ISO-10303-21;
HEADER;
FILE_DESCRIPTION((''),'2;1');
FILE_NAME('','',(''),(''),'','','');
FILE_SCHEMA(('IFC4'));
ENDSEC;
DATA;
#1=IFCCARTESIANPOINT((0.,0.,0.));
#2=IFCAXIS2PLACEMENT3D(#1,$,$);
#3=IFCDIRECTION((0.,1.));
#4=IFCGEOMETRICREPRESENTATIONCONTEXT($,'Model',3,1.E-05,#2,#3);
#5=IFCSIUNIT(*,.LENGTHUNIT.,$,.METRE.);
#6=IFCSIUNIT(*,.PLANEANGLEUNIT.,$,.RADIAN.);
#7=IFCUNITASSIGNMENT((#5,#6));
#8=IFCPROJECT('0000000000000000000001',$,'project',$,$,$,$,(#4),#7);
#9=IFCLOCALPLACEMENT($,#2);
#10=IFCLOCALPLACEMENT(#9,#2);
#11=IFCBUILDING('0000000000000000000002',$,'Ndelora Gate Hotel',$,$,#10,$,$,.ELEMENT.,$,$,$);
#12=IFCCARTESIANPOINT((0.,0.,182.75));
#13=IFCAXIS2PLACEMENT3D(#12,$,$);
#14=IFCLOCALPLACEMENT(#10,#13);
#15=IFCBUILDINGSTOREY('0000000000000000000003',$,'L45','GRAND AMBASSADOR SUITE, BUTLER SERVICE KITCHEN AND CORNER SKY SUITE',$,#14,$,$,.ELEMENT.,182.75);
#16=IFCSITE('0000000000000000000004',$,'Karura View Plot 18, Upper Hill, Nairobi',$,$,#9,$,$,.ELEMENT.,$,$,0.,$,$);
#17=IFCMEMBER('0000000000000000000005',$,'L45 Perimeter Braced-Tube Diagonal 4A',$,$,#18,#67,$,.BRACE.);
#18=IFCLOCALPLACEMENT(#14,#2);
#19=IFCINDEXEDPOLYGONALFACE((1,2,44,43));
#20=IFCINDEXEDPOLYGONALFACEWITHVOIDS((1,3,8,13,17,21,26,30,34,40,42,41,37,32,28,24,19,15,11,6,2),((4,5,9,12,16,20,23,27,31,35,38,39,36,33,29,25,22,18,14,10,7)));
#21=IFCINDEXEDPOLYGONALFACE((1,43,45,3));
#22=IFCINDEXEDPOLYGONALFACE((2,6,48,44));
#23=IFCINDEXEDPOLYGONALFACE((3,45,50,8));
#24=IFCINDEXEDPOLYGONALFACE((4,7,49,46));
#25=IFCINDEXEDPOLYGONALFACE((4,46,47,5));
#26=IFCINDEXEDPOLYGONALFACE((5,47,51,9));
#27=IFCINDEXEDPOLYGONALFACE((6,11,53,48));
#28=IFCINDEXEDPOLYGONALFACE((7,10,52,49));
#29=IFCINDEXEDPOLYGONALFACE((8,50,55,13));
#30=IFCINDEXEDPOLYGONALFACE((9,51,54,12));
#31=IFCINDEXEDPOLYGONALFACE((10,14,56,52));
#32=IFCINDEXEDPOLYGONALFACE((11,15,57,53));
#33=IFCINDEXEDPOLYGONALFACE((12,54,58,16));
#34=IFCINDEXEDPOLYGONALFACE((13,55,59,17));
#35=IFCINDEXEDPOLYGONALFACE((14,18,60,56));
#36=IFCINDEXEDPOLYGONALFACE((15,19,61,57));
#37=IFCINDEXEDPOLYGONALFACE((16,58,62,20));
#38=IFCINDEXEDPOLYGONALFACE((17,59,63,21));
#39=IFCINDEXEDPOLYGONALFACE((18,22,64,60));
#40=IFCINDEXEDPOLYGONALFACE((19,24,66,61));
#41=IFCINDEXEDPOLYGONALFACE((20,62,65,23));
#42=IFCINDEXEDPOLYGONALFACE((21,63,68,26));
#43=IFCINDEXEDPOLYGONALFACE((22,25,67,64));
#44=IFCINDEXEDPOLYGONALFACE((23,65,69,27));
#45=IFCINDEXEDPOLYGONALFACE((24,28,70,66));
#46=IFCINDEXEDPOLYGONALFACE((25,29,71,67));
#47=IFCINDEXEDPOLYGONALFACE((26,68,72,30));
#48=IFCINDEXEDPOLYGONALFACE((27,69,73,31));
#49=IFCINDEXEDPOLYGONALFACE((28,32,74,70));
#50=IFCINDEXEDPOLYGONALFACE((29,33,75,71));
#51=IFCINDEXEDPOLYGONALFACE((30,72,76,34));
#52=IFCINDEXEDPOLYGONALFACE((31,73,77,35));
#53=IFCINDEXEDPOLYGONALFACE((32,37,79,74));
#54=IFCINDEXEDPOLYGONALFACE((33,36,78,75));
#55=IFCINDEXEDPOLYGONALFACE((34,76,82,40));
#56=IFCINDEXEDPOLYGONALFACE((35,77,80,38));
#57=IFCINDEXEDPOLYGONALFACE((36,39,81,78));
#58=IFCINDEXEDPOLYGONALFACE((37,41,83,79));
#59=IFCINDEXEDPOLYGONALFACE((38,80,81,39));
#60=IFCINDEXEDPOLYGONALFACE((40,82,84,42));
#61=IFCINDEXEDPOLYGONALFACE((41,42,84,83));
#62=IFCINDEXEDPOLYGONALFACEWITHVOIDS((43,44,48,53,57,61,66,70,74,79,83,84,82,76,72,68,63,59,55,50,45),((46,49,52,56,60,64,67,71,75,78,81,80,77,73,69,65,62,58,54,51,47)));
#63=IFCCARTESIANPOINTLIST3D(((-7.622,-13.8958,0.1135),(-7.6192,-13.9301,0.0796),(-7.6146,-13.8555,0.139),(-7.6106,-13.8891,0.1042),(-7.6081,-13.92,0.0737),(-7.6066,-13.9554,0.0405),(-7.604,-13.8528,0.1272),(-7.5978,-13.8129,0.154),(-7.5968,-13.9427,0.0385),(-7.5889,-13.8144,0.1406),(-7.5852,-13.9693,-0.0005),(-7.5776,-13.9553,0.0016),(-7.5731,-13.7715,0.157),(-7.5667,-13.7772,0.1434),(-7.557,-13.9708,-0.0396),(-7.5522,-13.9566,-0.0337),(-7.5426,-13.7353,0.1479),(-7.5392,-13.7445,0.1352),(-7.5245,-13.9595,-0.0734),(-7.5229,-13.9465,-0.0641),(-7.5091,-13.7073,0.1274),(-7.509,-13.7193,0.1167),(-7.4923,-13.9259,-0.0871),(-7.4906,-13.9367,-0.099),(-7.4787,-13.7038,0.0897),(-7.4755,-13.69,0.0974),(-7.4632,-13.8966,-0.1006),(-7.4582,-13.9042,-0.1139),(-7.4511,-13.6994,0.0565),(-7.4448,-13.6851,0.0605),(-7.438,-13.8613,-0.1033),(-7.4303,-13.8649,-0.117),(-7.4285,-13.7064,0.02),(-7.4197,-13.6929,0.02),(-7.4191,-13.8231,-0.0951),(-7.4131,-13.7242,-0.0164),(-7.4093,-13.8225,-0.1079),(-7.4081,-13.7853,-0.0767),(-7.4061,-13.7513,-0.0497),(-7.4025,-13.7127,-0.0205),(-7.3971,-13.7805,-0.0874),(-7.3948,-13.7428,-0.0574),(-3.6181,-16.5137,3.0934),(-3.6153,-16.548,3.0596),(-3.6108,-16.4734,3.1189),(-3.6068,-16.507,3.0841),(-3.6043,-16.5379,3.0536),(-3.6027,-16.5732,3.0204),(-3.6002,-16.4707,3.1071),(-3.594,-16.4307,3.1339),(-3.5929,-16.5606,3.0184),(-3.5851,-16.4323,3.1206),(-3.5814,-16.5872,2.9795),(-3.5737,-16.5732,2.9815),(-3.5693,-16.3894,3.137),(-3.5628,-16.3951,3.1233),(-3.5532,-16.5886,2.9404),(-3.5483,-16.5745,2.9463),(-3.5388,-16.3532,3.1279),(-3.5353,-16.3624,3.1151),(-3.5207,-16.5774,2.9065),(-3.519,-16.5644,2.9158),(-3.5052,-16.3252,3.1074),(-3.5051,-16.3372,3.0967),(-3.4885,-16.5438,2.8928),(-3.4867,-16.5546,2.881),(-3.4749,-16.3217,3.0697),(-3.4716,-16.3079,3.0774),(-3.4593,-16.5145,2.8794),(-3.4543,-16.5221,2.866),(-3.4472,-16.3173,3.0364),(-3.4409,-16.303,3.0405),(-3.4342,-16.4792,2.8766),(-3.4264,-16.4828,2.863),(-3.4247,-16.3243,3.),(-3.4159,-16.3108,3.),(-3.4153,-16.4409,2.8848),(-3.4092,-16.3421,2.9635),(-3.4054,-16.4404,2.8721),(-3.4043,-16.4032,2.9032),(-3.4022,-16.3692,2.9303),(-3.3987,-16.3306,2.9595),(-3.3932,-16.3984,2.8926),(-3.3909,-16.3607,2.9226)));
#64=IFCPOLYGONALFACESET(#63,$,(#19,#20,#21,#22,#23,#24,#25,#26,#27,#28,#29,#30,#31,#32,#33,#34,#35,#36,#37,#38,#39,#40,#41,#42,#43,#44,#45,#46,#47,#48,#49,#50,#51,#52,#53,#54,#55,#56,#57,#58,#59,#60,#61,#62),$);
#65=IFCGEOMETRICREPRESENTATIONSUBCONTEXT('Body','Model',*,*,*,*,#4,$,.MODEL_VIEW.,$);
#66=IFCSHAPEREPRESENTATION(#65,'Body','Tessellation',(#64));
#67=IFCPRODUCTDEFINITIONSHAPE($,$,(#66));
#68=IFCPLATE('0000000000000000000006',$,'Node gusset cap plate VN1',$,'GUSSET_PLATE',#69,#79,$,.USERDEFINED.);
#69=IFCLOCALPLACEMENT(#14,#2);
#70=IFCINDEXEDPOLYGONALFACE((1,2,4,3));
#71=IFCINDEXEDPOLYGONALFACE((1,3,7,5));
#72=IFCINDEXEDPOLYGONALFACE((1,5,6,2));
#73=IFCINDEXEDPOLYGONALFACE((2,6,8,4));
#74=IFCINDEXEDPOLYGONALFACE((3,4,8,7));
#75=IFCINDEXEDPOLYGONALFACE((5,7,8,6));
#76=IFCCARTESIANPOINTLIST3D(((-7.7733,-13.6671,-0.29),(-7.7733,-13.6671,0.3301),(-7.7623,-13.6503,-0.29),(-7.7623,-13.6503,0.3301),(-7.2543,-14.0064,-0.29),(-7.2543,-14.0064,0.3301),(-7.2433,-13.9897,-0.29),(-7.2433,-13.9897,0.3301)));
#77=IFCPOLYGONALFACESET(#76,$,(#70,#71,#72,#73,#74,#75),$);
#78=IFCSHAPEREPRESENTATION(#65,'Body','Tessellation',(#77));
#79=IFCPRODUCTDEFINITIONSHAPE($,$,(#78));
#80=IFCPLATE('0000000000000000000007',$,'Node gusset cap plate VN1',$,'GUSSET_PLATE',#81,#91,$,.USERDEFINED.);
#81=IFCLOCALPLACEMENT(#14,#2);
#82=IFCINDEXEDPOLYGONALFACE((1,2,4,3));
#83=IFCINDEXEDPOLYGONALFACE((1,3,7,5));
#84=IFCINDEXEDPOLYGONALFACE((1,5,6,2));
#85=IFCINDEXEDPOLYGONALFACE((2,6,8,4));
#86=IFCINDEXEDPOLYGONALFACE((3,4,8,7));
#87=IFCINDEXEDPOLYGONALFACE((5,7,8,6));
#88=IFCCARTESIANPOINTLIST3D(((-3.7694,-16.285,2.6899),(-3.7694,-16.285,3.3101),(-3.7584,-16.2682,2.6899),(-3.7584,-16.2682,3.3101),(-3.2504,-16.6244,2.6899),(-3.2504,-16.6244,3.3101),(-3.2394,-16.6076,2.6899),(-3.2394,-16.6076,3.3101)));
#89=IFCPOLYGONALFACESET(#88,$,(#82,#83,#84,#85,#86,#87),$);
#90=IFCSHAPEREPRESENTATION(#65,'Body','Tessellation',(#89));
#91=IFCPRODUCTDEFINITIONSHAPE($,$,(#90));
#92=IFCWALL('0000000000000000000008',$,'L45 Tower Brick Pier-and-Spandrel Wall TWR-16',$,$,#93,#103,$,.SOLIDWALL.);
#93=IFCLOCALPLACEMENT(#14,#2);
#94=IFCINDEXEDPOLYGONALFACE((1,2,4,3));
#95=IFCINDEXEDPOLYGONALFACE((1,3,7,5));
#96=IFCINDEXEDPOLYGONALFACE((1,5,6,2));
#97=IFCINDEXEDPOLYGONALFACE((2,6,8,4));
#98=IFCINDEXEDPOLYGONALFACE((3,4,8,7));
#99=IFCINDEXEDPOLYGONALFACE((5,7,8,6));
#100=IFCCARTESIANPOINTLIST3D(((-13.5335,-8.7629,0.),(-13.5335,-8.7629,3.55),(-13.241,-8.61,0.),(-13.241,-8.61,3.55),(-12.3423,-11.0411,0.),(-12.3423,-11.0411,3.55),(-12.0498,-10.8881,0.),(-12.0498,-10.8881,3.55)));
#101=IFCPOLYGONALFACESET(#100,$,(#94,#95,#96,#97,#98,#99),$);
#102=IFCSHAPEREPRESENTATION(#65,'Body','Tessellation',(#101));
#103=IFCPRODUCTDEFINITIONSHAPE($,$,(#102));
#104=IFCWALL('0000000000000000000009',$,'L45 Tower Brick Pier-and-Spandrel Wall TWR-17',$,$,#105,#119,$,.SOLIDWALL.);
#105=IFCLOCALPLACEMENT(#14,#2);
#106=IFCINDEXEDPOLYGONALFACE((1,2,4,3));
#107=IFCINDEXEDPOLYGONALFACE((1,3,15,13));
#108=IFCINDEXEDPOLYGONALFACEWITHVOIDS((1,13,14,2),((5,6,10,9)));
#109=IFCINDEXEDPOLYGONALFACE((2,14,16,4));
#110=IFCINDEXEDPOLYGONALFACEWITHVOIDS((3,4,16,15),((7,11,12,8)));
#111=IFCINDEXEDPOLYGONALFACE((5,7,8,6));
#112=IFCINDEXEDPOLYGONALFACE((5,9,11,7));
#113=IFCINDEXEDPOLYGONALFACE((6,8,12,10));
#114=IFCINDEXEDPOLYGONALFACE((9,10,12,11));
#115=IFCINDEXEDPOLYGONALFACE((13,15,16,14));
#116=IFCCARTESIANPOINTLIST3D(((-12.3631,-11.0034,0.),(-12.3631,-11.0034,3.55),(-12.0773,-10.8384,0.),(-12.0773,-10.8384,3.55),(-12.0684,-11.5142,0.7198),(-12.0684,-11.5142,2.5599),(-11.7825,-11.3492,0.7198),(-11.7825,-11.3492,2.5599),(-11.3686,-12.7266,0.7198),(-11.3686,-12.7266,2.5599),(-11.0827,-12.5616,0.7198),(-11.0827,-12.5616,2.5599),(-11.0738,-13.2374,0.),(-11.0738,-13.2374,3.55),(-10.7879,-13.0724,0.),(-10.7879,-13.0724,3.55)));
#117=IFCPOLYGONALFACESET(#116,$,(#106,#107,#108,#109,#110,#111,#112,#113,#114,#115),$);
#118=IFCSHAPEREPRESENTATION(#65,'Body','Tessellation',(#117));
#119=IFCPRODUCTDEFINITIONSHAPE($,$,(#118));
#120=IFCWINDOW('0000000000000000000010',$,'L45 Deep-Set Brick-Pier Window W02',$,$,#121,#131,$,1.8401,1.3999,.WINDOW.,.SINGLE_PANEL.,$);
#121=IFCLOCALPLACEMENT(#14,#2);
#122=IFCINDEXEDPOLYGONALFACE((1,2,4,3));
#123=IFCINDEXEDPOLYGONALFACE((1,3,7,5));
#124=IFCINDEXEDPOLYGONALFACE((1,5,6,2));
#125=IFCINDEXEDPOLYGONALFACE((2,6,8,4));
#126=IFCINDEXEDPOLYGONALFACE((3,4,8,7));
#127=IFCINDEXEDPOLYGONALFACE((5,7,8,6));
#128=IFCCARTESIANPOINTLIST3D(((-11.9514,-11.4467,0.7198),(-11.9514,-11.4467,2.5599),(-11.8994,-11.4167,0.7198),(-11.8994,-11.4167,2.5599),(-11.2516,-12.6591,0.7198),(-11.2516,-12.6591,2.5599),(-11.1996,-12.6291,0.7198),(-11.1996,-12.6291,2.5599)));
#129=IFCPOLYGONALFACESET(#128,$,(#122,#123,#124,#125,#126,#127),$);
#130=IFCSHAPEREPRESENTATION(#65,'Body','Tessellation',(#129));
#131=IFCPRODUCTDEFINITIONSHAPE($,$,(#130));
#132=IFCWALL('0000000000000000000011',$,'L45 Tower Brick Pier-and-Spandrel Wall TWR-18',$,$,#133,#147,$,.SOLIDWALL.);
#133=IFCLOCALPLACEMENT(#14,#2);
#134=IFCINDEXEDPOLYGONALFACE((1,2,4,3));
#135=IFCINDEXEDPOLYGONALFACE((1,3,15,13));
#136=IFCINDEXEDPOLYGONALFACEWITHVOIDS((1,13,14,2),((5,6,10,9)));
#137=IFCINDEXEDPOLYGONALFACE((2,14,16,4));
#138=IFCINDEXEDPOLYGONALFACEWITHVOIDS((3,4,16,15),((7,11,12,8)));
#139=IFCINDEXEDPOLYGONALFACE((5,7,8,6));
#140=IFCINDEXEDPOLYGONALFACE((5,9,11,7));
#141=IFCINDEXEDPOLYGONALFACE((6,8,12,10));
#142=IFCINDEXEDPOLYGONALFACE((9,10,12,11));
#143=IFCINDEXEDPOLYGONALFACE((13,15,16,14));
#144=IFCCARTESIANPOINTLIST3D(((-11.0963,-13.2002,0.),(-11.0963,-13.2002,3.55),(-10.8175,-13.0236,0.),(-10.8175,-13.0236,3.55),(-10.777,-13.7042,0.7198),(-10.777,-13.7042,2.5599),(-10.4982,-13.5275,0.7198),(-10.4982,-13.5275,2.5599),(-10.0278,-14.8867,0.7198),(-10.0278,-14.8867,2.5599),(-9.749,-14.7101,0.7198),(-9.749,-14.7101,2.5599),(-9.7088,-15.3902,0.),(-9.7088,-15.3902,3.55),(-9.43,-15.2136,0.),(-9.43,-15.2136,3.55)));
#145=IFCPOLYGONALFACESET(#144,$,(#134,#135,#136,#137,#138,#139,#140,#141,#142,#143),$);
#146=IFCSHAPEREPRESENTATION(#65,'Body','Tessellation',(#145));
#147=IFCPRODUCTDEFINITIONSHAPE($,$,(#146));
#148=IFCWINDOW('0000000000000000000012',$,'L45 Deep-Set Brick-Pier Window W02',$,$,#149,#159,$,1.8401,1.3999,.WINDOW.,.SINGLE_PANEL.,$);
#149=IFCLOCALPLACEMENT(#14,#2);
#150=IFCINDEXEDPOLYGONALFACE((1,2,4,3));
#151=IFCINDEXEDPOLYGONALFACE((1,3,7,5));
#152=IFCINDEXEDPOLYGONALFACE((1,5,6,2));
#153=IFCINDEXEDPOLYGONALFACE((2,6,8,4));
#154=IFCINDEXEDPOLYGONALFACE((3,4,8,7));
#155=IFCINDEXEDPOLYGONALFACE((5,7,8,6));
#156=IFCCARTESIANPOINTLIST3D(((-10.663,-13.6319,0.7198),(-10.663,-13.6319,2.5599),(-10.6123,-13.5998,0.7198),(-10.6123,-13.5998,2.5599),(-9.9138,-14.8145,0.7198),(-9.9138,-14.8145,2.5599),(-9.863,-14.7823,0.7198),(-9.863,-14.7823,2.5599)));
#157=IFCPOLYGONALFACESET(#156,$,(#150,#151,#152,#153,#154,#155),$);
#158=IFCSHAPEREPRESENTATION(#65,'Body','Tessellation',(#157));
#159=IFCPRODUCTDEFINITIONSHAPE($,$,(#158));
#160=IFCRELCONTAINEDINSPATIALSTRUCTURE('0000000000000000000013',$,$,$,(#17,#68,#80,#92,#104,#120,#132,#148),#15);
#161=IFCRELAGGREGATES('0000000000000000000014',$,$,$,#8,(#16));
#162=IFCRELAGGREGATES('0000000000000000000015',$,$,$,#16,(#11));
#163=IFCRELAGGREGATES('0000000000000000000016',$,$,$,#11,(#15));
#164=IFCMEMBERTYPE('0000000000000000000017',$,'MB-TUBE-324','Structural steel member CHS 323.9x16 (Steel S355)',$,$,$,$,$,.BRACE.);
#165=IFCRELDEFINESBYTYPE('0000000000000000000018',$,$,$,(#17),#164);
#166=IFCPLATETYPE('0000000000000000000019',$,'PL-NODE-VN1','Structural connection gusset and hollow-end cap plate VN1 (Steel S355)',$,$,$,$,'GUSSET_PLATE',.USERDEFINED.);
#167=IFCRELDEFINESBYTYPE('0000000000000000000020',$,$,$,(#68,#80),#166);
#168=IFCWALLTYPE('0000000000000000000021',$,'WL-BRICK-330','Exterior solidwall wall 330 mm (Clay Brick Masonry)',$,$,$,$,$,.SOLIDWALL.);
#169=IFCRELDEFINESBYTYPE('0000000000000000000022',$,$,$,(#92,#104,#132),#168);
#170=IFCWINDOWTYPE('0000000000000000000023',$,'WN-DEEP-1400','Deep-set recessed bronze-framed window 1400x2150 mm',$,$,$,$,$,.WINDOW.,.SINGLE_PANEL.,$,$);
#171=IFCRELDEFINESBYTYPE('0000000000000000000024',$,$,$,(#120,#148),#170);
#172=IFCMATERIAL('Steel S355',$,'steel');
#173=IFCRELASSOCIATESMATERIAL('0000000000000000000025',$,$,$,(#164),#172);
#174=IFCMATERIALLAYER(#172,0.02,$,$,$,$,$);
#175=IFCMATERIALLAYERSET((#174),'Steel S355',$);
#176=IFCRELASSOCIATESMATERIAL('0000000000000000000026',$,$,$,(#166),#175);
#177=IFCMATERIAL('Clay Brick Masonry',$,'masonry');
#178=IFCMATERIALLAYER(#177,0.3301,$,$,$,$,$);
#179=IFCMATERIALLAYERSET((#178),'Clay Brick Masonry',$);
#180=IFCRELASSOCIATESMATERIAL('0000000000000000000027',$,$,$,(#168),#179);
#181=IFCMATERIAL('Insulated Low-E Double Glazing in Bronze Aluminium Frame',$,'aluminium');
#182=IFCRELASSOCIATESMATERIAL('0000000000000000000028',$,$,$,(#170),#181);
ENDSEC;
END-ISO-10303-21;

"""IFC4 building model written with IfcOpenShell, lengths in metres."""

from ifc_helpers import new_model, si_unit, direction, frame, frame_2d, origin, origin_2d, place, context, subcontext, project, spatial, rectangle, hollow_circle, extrude, material, layer, layer_set, material_profile, profile_set, type_object, element, fill, save


model = new_model("IFC4")

# Units and contexts
model_context = context("Model", 3, precision=1e-05, world=origin(), true_north=direction((0.0, 1.0)))
body_context = subcontext(model_context, "Body", "Model", "MODEL_VIEW")
ifc_project = project(units=[si_unit("LENGTHUNIT", "METRE"), si_unit("PLANEANGLEUNIT", "RADIAN")], contexts=[model_context])

# Site, building, storey
site_placement = place(None, origin())
site = spatial("IfcSite", under=ifc_project, at=site_placement, Name="Karura View Plot 18, Upper Hill, Nairobi", CompositionType="ELEMENT", RefElevation=0.0)
building_placement = place(site_placement, origin())
building = spatial("IfcBuilding", under=site, at=building_placement, Name="Ndelora Gate Hotel", CompositionType="ELEMENT")
storey_placement = place(building_placement, frame((0.0, 0.0, 182.75)))
storey = spatial("IfcBuildingStorey", under=building, at=storey_placement, Name="L45", Description="GRAND AMBASSADOR SUITE, BUTLER SERVICE KITCHEN AND CORNER SKY SUITE", CompositionType="ELEMENT", Elevation=182.75)

# Shared definitions
ifc_material_1 = material(Name="Steel S355", Category="steel")

# Member
ifc_material_profile_1 = material_profile(ifc_material_1, hollow_circle(Radius=0.1619, WallThickness=0.0161, at=origin_2d()), Name="CHS 323.9x16")
ifc_profile_set_1 = profile_set([ifc_material_profile_1], Name="Steel S355")
member_type = type_object("IfcMemberType", Name="MB-TUBE-324", Description="Structural steel member CHS 323.9x16 (Steel S355)", PredefinedType="BRACE", material=ifc_profile_set_1)
member_placement = place(storey_placement, frame((-7.5083, -13.8284, 0.02), z_axis=(0.71041, -0.464496, 0.528736), x_axis=(0.547247, 0.836971, 0.0)))
element("IfcMember", 1, at=member_placement, inside=storey, type_object=member_type, Name="L45 Perimeter Braced-Tube Diagonal 4A", PredefinedType="BRACE", context=body_context, shape_type="SweptSolid", body=[
    extrude(hollow_circle(Radius=0.1619, WallThickness=0.0161, at=origin_2d()), origin(), (0.0, 0.0, 1.0), 5.636),
])

# Plates
ifc_layer_1 = layer(ifc_material_1, 0.02)
ifc_layer_set_1 = layer_set([ifc_layer_1], Name="Steel S355")
plate_type = type_object("IfcPlateType", Name="PL-NODE-VN1", Description="Structural connection gusset and hollow-end cap plate VN1 (Steel S355)", ElementType="GUSSET_PLATE", PredefinedType="USERDEFINED", material=ifc_layer_set_1)
for number, where, z_axis, x_axis, name in (
    (2, (-7.5083, -13.8284, -0.29), (0.0, 0.0, 1.0), (-0.836955, 0.547271, 0.0), "Node gusset cap plate VN1"),
    (3, (-3.5044, -16.4463, 2.6899), (0.0, 0.0, 1.0), (-0.836955, 0.547271, 0.0), "Node gusset cap plate VN1"),
):
    element("IfcPlate", number, at=place(storey_placement, frame(where, z_axis=z_axis, x_axis=x_axis)), inside=storey, type_object=plate_type, Name=name, ObjectType="GUSSET_PLATE", PredefinedType="USERDEFINED", context=body_context, shape_type="SweptSolid", body=[
        extrude(rectangle(XDim=0.6201, YDim=0.02, at=origin_2d()), origin(), (0.0, 0.0, 1.0), 0.6201),
    ])

# Wall
ifc_material_2 = material(Name="Clay Brick Masonry", Category="masonry")
ifc_layer_2 = layer(ifc_material_2, 0.3301)
ifc_layer_set_2 = layer_set([ifc_layer_2], Name="Clay Brick Masonry")
wall_type_1 = type_object("IfcWallType", Name="WL-BRICK-330", Description="Exterior solidwall wall 330 mm (Clay Brick Masonry)", PredefinedType="SOLIDWALL", material=ifc_layer_set_2)
wall_1_placement = place(storey_placement, frame((-12.196, -10.9646, 0.0), z_axis=(0.0, 0.0, 1.0), x_axis=(-0.463361, 0.88617, 0.0)))
element("IfcWall", 4, at=wall_1_placement, inside=storey, type_object=wall_type_1, Name="L45 Tower Brick Pier-and-Spandrel Wall TWR-16", PredefinedType="SOLIDWALL", context=body_context, shape_type="SweptSolid", body=[
    extrude(rectangle(XDim=2.5708, YDim=0.3301, at=frame_2d((1.2854, 0.0))), origin(), (0.0, 0.0, 1.0), 3.55),
])

# Walls, openings, windows
wall_2_placement = place(storey_placement, frame((-10.9309, -13.1548, 0.0), z_axis=(0.0, 0.0, 1.0), x_axis=(-0.499875, 0.866097, 0.0)))
wall_2 = element("IfcWall", 5, at=wall_2_placement, inside=storey, type_object=wall_type_1, Name="L45 Tower Brick Pier-and-Spandrel Wall TWR-17", PredefinedType="SOLIDWALL", context=body_context, shape_type="SweptSolid", body=[
    extrude(rectangle(XDim=2.5793, YDim=0.3301, at=frame_2d((1.2896, 0.0))), origin(), (0.0, 0.0, 1.0), 3.55),
])
opening_1_placement = place(wall_2_placement, frame((0.5896, 0.0, 0.72)))
opening_1 = element("IfcOpeningElement", 6, at=opening_1_placement, cuts=wall_2, PredefinedType="OPENING", context=body_context, shape_type="SweptSolid", body=[
    extrude(rectangle(XDim=1.3999, YDim=1.8401, at=frame_2d((0.7, 0.9199))), frame((0.0, 0.175, 0.0), z_axis=(0.0, -1.0, 0.0), x_axis=(1.0, 0.0, 0.0)), (0.0, 0.0, 1.0), 0.3501),
])
ifc_material_3 = material(Name="Insulated Low-E Double Glazing in Bronze Aluminium Frame", Category="aluminium")
window_type = type_object("IfcWindowType", Name="WN-DEEP-1400", Description="Deep-set recessed bronze-framed window 1400x2150 mm", PartitioningType="SINGLE_PANEL", PredefinedType="WINDOW", material=ifc_material_3)
window_1_placement = place(opening_1_placement, origin())
window_1 = element("IfcWindow", 7, at=window_1_placement, inside=storey, type_object=window_type, Name="L45 Deep-Set Brick-Pier Window W02", OverallHeight=1.8401, OverallWidth=1.3999, PartitioningType="SINGLE_PANEL", PredefinedType="WINDOW", context=body_context, shape_type="SweptSolid", body=[
    extrude(rectangle(XDim=1.3999, YDim=1.8401, at=frame_2d((0.7, 0.9199))), frame((0.0, 0.03, 0.0), z_axis=(0.0, -1.0, 0.0), x_axis=(1.0, 0.0, 0.0)), (0.0, 0.0, 1.0), 0.0601),
])
fill(opening_1, window_1)
wall_3_placement = place(storey_placement, frame((-9.5693, -15.302, 0.0), z_axis=(0.0, 0.0, 1.0), x_axis=(-0.535187, 0.844734, 0.0)))
wall_3 = element("IfcWall", 8, at=wall_3_placement, inside=storey, type_object=wall_type_1, Name="L45 Tower Brick Pier-and-Spandrel Wall TWR-18", PredefinedType="SOLIDWALL", context=body_context, shape_type="SweptSolid", body=[
    extrude(rectangle(XDim=2.5925, YDim=0.3301, at=frame_2d((1.2964, 0.0))), origin(), (0.0, 0.0, 1.0), 3.55),
])
opening_2_placement = place(wall_3_placement, frame((0.5962, 0.0, 0.72)))
opening_2 = element("IfcOpeningElement", 9, at=opening_2_placement, cuts=wall_3, PredefinedType="OPENING", context=body_context, shape_type="SweptSolid", body=[
    extrude(rectangle(XDim=1.3999, YDim=1.8401, at=frame_2d((0.7, 0.9199))), frame((0.0, 0.175, 0.0), z_axis=(0.0, -1.0, 0.0), x_axis=(1.0, 0.0, 0.0)), (0.0, 0.0, 1.0), 0.3501),
])
window_2_placement = place(opening_2_placement, origin())
window_2 = element("IfcWindow", 10, at=window_2_placement, inside=storey, type_object=window_type, Name="L45 Deep-Set Brick-Pier Window W02", OverallHeight=1.8401, OverallWidth=1.3999, PartitioningType="SINGLE_PANEL", PredefinedType="WINDOW", context=body_context, shape_type="SweptSolid", body=[
    extrude(rectangle(XDim=1.3999, YDim=1.8401, at=frame_2d((0.7, 0.9199))), frame((0.0, 0.03, 0.0), z_axis=(0.0, -1.0, 0.0), x_axis=(1.0, 0.0, 0.0)), (0.0, 0.0, 1.0), 0.0601),
])
fill(opening_2, window_2)

save(model, "model.ifc")
